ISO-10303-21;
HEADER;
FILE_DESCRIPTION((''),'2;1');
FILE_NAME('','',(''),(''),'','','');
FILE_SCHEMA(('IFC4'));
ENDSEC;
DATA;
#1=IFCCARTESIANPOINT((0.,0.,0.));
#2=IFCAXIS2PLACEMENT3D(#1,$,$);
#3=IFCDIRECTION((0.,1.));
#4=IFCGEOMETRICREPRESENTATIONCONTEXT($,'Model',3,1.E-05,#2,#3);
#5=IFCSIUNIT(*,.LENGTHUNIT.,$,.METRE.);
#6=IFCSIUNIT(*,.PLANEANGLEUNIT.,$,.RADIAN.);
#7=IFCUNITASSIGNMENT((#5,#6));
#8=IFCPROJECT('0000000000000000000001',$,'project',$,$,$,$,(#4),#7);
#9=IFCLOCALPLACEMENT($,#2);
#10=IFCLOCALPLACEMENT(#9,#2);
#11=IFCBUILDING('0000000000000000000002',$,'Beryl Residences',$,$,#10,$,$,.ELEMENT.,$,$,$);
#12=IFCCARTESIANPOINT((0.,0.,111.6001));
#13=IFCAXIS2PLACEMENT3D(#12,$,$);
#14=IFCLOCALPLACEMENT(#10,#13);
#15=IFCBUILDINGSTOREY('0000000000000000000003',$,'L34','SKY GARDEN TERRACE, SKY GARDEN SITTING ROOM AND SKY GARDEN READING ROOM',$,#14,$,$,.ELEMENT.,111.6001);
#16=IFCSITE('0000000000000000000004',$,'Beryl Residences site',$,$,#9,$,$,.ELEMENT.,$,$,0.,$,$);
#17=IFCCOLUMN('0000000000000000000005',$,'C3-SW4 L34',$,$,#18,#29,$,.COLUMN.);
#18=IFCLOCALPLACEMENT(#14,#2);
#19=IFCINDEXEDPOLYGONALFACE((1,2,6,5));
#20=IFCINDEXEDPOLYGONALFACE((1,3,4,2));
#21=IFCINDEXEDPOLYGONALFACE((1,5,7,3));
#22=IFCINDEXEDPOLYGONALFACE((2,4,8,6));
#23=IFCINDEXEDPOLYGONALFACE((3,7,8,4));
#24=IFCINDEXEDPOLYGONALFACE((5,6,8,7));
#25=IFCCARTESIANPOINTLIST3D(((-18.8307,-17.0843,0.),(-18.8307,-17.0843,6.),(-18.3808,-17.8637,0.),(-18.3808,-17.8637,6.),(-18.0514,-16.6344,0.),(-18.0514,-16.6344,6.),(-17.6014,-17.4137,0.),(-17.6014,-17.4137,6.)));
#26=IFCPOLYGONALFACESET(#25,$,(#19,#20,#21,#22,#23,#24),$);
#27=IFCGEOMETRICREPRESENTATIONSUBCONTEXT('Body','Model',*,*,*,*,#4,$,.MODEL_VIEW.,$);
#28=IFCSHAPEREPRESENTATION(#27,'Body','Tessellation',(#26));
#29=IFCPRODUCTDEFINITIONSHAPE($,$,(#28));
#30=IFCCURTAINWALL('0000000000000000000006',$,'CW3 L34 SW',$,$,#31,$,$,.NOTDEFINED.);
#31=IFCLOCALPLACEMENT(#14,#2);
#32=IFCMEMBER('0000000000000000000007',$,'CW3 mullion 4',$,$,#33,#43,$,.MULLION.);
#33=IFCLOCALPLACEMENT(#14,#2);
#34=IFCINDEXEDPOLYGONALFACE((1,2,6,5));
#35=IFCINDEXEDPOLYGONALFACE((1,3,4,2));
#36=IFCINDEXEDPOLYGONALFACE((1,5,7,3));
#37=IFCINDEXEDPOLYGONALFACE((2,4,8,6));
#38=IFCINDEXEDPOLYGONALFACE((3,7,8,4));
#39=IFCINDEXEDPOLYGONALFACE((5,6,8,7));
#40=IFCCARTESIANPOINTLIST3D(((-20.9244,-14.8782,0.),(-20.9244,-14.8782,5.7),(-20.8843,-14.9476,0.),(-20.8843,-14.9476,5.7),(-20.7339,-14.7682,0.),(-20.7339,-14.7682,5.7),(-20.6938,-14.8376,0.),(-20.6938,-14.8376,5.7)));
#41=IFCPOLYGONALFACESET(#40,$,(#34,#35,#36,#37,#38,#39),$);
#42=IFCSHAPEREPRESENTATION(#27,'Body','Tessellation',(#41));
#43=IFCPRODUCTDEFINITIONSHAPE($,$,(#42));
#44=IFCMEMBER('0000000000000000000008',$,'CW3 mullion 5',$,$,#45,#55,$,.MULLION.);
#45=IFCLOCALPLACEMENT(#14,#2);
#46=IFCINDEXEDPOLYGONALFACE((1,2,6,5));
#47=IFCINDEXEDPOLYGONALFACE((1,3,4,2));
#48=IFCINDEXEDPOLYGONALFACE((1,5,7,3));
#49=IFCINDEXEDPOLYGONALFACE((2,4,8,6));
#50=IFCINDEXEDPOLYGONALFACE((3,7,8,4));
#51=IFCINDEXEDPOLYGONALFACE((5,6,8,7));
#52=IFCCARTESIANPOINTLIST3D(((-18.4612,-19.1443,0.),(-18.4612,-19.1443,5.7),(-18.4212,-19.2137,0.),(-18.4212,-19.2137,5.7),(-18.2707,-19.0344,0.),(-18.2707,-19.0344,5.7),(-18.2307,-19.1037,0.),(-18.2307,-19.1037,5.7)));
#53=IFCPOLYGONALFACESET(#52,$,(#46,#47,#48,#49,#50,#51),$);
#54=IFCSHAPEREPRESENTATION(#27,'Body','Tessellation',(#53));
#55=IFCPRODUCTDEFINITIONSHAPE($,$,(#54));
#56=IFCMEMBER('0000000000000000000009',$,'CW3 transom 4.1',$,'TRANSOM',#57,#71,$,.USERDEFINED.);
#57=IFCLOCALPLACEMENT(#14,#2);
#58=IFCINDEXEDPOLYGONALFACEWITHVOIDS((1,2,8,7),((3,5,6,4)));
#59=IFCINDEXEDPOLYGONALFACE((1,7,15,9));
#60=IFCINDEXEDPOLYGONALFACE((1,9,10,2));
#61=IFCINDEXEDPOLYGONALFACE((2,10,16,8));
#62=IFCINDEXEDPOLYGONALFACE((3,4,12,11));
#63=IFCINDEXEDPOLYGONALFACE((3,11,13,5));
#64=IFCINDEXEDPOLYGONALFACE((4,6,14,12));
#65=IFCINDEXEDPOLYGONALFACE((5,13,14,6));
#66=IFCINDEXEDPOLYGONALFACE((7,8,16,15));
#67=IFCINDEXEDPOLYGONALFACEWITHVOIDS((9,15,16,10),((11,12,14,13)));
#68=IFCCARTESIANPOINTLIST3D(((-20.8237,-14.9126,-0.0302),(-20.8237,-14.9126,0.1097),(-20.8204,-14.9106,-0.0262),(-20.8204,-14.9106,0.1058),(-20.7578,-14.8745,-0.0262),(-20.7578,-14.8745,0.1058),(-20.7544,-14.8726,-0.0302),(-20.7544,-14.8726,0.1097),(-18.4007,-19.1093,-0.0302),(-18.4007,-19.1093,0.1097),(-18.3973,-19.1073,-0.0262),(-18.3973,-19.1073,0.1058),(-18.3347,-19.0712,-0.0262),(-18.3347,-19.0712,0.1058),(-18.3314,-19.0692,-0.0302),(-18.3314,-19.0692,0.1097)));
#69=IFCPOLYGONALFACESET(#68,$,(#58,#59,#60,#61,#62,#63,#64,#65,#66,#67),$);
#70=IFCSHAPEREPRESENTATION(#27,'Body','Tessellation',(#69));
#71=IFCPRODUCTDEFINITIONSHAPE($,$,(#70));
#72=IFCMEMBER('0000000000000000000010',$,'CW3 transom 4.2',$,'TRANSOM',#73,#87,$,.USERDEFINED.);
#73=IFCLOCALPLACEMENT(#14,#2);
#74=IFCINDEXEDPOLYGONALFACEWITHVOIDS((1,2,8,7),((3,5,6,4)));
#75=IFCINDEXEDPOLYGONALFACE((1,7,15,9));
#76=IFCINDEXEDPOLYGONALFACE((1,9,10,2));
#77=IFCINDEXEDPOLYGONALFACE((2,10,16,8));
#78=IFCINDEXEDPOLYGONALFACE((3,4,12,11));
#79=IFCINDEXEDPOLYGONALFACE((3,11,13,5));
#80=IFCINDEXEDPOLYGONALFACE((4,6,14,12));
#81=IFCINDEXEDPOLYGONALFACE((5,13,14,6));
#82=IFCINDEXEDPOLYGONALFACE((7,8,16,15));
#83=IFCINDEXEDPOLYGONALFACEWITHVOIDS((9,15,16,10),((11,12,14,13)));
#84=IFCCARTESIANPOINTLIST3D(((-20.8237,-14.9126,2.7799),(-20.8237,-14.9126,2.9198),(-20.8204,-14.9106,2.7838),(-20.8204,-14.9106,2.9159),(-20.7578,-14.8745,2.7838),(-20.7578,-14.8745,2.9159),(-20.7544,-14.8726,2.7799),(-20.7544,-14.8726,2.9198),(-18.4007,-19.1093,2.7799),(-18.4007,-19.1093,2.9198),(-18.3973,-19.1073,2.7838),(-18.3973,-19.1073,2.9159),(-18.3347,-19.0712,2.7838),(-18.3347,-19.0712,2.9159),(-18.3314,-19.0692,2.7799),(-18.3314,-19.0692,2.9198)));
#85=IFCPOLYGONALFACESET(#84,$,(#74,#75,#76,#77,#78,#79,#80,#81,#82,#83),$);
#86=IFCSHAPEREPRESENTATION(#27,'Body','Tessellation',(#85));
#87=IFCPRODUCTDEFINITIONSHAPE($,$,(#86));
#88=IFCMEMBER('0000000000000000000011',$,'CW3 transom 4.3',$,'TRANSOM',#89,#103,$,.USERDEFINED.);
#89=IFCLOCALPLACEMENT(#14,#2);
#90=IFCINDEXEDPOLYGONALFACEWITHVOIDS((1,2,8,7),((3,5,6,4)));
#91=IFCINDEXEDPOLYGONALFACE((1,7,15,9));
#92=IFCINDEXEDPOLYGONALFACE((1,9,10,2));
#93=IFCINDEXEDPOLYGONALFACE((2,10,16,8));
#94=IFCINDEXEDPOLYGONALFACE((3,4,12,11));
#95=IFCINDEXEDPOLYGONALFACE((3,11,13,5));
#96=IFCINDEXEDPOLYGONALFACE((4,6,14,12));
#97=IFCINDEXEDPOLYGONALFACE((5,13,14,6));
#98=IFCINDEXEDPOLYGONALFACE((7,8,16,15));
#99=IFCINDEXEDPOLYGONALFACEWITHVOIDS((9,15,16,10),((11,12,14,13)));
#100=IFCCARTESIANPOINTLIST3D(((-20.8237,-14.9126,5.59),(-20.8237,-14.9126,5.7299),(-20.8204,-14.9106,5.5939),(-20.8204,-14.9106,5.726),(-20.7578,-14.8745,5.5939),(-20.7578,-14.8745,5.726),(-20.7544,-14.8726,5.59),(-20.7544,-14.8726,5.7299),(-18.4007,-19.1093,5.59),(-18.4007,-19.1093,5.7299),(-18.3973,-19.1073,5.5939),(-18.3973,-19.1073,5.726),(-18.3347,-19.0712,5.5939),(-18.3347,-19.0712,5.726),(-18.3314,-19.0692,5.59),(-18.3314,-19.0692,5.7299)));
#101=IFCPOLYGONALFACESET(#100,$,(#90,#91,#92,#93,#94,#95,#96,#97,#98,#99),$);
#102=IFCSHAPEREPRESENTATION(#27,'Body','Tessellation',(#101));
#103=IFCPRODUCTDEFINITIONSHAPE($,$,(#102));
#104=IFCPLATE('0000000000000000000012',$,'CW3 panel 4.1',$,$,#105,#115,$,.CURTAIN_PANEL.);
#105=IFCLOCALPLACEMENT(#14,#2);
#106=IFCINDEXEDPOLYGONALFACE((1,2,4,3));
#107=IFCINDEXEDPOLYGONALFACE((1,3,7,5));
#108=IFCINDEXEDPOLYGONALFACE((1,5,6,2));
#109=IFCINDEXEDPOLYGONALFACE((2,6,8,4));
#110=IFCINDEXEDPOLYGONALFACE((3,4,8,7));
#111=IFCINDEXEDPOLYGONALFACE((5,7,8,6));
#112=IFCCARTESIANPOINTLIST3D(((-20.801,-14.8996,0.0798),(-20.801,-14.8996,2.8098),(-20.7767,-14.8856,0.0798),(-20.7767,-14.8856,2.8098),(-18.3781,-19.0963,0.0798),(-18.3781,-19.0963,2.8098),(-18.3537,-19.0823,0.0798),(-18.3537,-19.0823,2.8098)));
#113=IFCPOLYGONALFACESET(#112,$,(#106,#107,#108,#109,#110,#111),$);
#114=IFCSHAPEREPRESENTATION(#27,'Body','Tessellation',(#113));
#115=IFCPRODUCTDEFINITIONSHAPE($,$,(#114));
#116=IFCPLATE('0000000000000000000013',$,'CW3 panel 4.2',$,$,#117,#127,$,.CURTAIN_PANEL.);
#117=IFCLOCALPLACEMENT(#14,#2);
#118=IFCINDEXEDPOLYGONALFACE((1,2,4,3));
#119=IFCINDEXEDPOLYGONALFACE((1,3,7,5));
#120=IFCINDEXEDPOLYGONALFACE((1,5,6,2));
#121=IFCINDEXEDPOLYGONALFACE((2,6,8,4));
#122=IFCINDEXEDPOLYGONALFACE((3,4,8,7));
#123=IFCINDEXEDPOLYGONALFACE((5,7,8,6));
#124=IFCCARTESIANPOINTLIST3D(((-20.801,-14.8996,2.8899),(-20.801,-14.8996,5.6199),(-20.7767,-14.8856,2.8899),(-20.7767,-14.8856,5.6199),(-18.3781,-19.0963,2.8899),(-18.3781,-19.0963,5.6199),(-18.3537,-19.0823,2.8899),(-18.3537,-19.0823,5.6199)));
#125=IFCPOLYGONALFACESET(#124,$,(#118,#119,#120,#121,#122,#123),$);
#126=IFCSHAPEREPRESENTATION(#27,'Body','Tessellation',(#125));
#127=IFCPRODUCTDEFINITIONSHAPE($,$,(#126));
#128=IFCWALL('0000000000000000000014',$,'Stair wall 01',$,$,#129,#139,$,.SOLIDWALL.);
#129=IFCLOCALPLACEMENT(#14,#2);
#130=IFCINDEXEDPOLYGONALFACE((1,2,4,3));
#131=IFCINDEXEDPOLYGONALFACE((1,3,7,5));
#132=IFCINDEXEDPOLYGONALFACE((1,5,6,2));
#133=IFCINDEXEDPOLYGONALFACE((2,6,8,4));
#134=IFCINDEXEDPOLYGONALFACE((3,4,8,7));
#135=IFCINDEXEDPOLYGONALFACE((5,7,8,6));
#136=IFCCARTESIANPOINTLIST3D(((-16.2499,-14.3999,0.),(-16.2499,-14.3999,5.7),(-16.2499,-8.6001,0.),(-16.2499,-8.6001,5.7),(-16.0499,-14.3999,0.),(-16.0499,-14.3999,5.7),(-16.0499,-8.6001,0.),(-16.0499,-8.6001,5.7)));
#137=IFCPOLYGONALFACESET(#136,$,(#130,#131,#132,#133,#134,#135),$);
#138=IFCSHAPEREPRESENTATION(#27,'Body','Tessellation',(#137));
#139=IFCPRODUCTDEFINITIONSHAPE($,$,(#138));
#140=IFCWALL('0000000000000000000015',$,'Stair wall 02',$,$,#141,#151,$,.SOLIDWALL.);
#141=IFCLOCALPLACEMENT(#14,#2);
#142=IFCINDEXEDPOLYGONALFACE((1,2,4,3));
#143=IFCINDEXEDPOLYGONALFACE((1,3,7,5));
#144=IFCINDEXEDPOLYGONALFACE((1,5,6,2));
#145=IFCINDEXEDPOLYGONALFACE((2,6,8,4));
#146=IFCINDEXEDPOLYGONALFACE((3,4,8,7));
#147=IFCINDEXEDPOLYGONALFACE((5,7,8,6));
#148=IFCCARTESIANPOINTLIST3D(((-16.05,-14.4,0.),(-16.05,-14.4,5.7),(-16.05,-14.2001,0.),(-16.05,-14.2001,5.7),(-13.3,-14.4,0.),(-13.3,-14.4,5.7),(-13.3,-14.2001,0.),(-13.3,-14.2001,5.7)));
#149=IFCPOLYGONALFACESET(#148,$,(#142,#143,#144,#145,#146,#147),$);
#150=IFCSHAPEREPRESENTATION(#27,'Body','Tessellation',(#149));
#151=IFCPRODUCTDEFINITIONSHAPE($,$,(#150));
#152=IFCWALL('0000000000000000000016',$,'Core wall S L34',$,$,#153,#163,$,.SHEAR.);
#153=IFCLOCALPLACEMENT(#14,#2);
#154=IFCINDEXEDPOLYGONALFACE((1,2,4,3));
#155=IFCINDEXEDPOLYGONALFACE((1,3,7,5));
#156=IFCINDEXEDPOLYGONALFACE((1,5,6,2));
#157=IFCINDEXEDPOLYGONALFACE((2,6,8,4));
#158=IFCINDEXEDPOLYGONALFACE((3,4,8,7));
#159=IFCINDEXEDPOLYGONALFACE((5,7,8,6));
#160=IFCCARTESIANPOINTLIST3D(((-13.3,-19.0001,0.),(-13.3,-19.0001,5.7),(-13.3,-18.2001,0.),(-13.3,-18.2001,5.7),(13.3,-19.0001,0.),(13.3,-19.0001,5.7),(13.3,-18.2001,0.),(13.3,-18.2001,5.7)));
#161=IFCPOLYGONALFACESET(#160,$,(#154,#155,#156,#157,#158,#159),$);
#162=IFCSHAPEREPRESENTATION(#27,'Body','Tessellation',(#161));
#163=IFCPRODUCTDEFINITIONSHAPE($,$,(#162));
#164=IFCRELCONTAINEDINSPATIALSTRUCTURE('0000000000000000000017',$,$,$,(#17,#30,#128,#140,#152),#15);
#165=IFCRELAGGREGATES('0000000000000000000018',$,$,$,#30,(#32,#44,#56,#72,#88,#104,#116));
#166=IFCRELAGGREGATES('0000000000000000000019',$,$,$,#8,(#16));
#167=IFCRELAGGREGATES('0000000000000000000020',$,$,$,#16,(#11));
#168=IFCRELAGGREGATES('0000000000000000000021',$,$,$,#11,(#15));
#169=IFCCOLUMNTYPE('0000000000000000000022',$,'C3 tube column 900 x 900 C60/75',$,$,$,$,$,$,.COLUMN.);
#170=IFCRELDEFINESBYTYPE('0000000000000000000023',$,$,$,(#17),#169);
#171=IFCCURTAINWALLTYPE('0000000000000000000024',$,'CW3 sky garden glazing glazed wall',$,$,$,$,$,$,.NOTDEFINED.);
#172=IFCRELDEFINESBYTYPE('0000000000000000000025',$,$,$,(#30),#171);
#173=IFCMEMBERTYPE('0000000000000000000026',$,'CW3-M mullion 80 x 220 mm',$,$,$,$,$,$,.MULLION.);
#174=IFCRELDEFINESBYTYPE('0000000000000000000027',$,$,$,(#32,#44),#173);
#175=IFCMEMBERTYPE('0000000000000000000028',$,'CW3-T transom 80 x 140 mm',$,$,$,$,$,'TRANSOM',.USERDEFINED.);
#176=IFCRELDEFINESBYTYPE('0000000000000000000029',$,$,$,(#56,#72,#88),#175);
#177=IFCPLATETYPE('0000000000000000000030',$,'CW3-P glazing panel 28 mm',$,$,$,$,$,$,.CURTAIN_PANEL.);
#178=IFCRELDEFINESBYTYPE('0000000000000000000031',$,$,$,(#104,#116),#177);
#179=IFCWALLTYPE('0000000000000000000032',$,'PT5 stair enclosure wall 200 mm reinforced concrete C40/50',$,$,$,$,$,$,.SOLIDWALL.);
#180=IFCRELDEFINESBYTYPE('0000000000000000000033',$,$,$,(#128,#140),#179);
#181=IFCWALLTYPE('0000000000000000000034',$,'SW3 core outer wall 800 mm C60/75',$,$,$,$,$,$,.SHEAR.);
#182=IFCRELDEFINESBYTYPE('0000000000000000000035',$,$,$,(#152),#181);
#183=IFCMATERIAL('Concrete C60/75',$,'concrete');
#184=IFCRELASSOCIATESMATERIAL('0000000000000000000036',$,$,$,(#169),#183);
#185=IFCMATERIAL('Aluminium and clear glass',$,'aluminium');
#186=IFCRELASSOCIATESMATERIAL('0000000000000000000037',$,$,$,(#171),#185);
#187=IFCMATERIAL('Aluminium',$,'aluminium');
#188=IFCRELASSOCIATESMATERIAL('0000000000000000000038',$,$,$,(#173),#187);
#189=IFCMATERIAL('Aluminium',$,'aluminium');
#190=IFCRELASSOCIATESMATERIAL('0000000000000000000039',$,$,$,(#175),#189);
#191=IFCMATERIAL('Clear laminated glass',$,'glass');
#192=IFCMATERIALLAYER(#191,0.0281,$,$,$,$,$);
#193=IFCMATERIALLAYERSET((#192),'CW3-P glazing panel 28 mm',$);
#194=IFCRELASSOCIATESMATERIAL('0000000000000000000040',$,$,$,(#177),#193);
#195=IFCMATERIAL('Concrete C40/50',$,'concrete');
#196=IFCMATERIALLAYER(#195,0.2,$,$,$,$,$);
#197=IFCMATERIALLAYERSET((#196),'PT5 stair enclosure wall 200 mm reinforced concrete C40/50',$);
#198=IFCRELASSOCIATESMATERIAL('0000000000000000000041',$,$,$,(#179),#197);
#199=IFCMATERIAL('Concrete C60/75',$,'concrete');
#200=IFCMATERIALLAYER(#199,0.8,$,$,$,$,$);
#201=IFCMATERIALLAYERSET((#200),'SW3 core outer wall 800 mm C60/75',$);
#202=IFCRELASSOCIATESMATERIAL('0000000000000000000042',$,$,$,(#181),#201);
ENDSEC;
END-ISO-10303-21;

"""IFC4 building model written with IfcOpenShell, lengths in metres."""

from ifc_helpers import new_model, si_unit, direction, frame, frame_2d, origin, origin_2d, place, context, subcontext, project, spatial, rectangle, hollow_rectangle, extrude, material, layer, layer_set, material_profile, profile_set, type_object, element, aggregate, save


model = new_model("IFC4")

# Units and contexts
model_context = context("Model", 3, precision=1e-05, world=origin(), true_north=direction((0.0, 1.0)))
body_context = subcontext(model_context, "Body", "Model", "MODEL_VIEW")
ifc_project = project(units=[si_unit("LENGTHUNIT", "METRE"), si_unit("PLANEANGLEUNIT", "RADIAN")], contexts=[model_context])

# Site, building, storey
site_placement = place(None, origin())
site = spatial("IfcSite", under=ifc_project, at=site_placement, Name="Beryl Residences site", CompositionType="ELEMENT", RefElevation=0.0)
building_placement = place(site_placement, origin())
building = spatial("IfcBuilding", under=site, at=building_placement, Name="Beryl Residences", CompositionType="ELEMENT")
storey_placement = place(building_placement, frame((0.0, 0.0, 111.6001)))
storey = spatial("IfcBuildingStorey", under=building, at=storey_placement, Name="L34", Description="SKY GARDEN TERRACE, SKY GARDEN SITTING ROOM AND SKY GARDEN READING ROOM", CompositionType="ELEMENT", Elevation=111.6001)

# Column
ifc_material_1 = material(Name="Concrete C60/75", Category="concrete")
ifc_material_profile_1 = material_profile(ifc_material_1, rectangle(XDim=0.8999, YDim=0.8999, at=origin_2d()))
ifc_profile_set_1 = profile_set([ifc_material_profile_1], Name="Concrete C60/75")
column_type = type_object("IfcColumnType", Name="C3 tube column 900 x 900 C60/75", PredefinedType="COLUMN", material=ifc_profile_set_1)
column_placement = place(storey_placement, frame((-18.2161, -17.249, 0.0), z_axis=(0.0, 0.0, 1.0), x_axis=(0.5, -0.866025, 0.0)))
element("IfcColumn", 1, at=column_placement, inside=storey, type_object=column_type, Name="C3-SW4 L34", PredefinedType="COLUMN", context=body_context, shape_type="SweptSolid", body=[
    extrude(rectangle(XDim=0.8999, YDim=0.8999, at=origin_2d()), origin(), (0.0, 0.0, 1.0), 6.0),
])

# Curtain wall, members, plates
ifc_material_2 = material(Name="Aluminium and clear glass", Category="aluminium")
curtain_wall_type = type_object("IfcCurtainWallType", Name="CW3 sky garden glazing glazed wall", PredefinedType="NOTDEFINED", material=ifc_material_2)
curtain_wall_placement = place(storey_placement, origin())
curtain_wall = element("IfcCurtainWall", 2, at=curtain_wall_placement, inside=storey, type_object=curtain_wall_type, Name="CW3 L34 SW", PredefinedType="NOTDEFINED")
ifc_material_3 = material(Name="Aluminium", Category="aluminium")
ifc_material_profile_2 = material_profile(ifc_material_3, rectangle(XDim=0.0801, YDim=0.22, at=origin_2d()))
ifc_profile_set_2 = profile_set([ifc_material_profile_2], Name="Aluminium")
member_type_1 = type_object("IfcMemberType", Name="CW3-M mullion 80 x 220 mm", PredefinedType="MULLION", material=ifc_profile_set_2)
member_1_placement = place(storey_placement, frame((-20.8091, -14.8579, 0.0), z_axis=(0.0, 0.0, 1.0), x_axis=(0.500004, -0.866023, 0.0)))
member_1 = element("IfcMember", 3, at=member_1_placement, type_object=member_type_1, Name="CW3 mullion 4", PredefinedType="MULLION", context=body_context, shape_type="SweptSolid", body=[
    extrude(rectangle(XDim=0.0801, YDim=0.22, at=origin_2d()), origin(), (0.0, 0.0, 1.0), 5.7),
])
member_2_placement = place(storey_placement, frame((-18.3459, -19.124, 0.0), z_axis=(0.0, 0.0, 1.0), x_axis=(0.500004, -0.866023, 0.0)))
member_2 = element("IfcMember", 4, at=member_2_placement, type_object=member_type_1, Name="CW3 mullion 5", PredefinedType="MULLION", context=body_context, shape_type="SweptSolid", body=[
    extrude(rectangle(XDim=0.0801, YDim=0.22, at=origin_2d()), origin(), (0.0, 0.0, 1.0), 5.7),
])
ifc_material_4 = material(Name="Aluminium", Category="aluminium")
ifc_material_profile_3 = material_profile(ifc_material_4, hollow_rectangle(XDim=0.0801, YDim=0.1399, WallThickness=0.0039, at=origin_2d()))
ifc_profile_set_3 = profile_set([ifc_material_profile_3], Name="Aluminium")
member_type_2 = type_object("IfcMemberType", Name="CW3-T transom 80 x 140 mm", ElementType="TRANSOM", PredefinedType="USERDEFINED", material=ifc_profile_set_3)
member_3_placement = place(storey_placement, frame((-20.7891, -14.8926, 0.0398), z_axis=(0.500013, -0.866018, 0.0), x_axis=(0.866018, 0.500013, 0.0)))
member_3 = element("IfcMember", 5, at=member_3_placement, type_object=member_type_2, Name="CW3 transom 4.1", ObjectType="TRANSOM", PredefinedType="USERDEFINED", context=body_context, shape_type="SweptSolid", body=[
    extrude(hollow_rectangle(XDim=0.0801, YDim=0.1399, WallThickness=0.0039, at=origin_2d()), origin(), (0.0, 0.0, 1.0), 4.8459),
])
member_4_placement = place(storey_placement, frame((-20.7891, -14.8926, 2.8499), z_axis=(0.500013, -0.866018, 0.0), x_axis=(0.866018, 0.500013, 0.0)))
member_4 = element("IfcMember", 6, at=member_4_placement, type_object=member_type_2, Name="CW3 transom 4.2", ObjectType="TRANSOM", PredefinedType="USERDEFINED", context=body_context, shape_type="SweptSolid", body=[
    extrude(hollow_rectangle(XDim=0.0801, YDim=0.1399, WallThickness=0.0039, at=origin_2d()), origin(), (0.0, 0.0, 1.0), 4.8459),
])
member_5_placement = place(storey_placement, frame((-20.7891, -14.8926, 5.6599), z_axis=(0.500013, -0.866018, 0.0), x_axis=(0.866018, 0.500013, 0.0)))
member_5 = element("IfcMember", 7, at=member_5_placement, type_object=member_type_2, Name="CW3 transom 4.3", ObjectType="TRANSOM", PredefinedType="USERDEFINED", context=body_context, shape_type="SweptSolid", body=[
    extrude(hollow_rectangle(XDim=0.0801, YDim=0.1399, WallThickness=0.0039, at=origin_2d()), origin(), (0.0, 0.0, 1.0), 4.8459),
])
ifc_material_5 = material(Name="Clear laminated glass", Category="glass")
ifc_layer_1 = layer(ifc_material_5, 0.0281)
ifc_layer_set_1 = layer_set([ifc_layer_1], Name="CW3-P glazing panel 28 mm")
plate_type = type_object("IfcPlateType", Name="CW3-P glazing panel 28 mm", PredefinedType="CURTAIN_PANEL", material=ifc_layer_set_1)
plate_1_placement = place(storey_placement, frame((-19.5774, -16.991, 0.0798), z_axis=(0.0, 0.0, 1.0), x_axis=(0.500004, -0.866023, 0.0)))
plate_1 = element("IfcPlate", 8, at=plate_1_placement, type_object=plate_type, Name="CW3 panel 4.1", PredefinedType="CURTAIN_PANEL", context=body_context, shape_type="SweptSolid", body=[
    extrude(rectangle(XDim=4.8459, YDim=0.0281, at=origin_2d()), origin(), (0.0, 0.0, 1.0), 2.73),
])
plate_2_placement = place(storey_placement, frame((-19.5774, -16.991, 2.8899), z_axis=(0.0, 0.0, 1.0), x_axis=(0.500004, -0.866023, 0.0)))
plate_2 = element("IfcPlate", 9, at=plate_2_placement, type_object=plate_type, Name="CW3 panel 4.2", PredefinedType="CURTAIN_PANEL", context=body_context, shape_type="SweptSolid", body=[
    extrude(rectangle(XDim=4.8459, YDim=0.0281, at=origin_2d()), origin(), (0.0, 0.0, 1.0), 2.73),
])
aggregate(curtain_wall, [member_1, member_2, member_3, member_4, member_5, plate_1, plate_2])

# Walls
ifc_material_6 = material(Name="Concrete C40/50", Category="concrete")
ifc_layer_2 = layer(ifc_material_6, 0.2)
ifc_layer_set_2 = layer_set([ifc_layer_2], Name="PT5 stair enclosure wall 200 mm reinforced concrete C40/50")
wall_type_1 = type_object("IfcWallType", Name="PT5 stair enclosure wall 200 mm reinforced concrete C40/50", PredefinedType="SOLIDWALL", material=ifc_layer_set_2)
wall_1_placement = place(storey_placement, frame((-16.1499, -14.3999, 0.0), z_axis=(0.0, 0.0, 1.0), x_axis=(0.0, 1.0, 0.0)))
element("IfcWall", 10, at=wall_1_placement, inside=storey, type_object=wall_type_1, Name="Stair wall 01", PredefinedType="SOLIDWALL", context=body_context, shape_type="SweptSolid", body=[
    extrude(rectangle(XDim=5.7998, YDim=0.2, at=frame_2d((2.8999, 0.0))), origin(), (0.0, 0.0, 1.0), 5.7),
])
wall_2_placement = place(storey_placement, frame((-16.05, -14.3, 0.0), z_axis=(0.0, 0.0, 1.0), x_axis=(1.0, 0.0, 0.0)))
element("IfcWall", 11, at=wall_2_placement, inside=storey, type_object=wall_type_1, Name="Stair wall 02", PredefinedType="SOLIDWALL", context=body_context, shape_type="SweptSolid", body=[
    extrude(rectangle(XDim=2.75, YDim=0.2, at=frame_2d((1.375, 0.0))), origin(), (0.0, 0.0, 1.0), 5.7),
])
ifc_material_7 = material(Name="Concrete C60/75", Category="concrete")
ifc_layer_3 = layer(ifc_material_7, 0.8)
ifc_layer_set_3 = layer_set([ifc_layer_3], Name="SW3 core outer wall 800 mm C60/75")
wall_type_2 = type_object("IfcWallType", Name="SW3 core outer wall 800 mm C60/75", PredefinedType="SHEAR", material=ifc_layer_set_3)
wall_3_placement = place(storey_placement, frame((-13.3, -18.6001, 0.0), z_axis=(0.0, 0.0, 1.0), x_axis=(1.0, 0.0, 0.0)))
element("IfcWall", 12, at=wall_3_placement, inside=storey, type_object=wall_type_2, Name="Core wall S L34", PredefinedType="SHEAR", context=body_context, shape_type="SweptSolid", body=[
    extrude(rectangle(XDim=26.6001, YDim=0.8, at=frame_2d((13.3, 0.0))), origin(), (0.0, 0.0, 1.0), 5.7),
])

save(model, "model.ifc")
